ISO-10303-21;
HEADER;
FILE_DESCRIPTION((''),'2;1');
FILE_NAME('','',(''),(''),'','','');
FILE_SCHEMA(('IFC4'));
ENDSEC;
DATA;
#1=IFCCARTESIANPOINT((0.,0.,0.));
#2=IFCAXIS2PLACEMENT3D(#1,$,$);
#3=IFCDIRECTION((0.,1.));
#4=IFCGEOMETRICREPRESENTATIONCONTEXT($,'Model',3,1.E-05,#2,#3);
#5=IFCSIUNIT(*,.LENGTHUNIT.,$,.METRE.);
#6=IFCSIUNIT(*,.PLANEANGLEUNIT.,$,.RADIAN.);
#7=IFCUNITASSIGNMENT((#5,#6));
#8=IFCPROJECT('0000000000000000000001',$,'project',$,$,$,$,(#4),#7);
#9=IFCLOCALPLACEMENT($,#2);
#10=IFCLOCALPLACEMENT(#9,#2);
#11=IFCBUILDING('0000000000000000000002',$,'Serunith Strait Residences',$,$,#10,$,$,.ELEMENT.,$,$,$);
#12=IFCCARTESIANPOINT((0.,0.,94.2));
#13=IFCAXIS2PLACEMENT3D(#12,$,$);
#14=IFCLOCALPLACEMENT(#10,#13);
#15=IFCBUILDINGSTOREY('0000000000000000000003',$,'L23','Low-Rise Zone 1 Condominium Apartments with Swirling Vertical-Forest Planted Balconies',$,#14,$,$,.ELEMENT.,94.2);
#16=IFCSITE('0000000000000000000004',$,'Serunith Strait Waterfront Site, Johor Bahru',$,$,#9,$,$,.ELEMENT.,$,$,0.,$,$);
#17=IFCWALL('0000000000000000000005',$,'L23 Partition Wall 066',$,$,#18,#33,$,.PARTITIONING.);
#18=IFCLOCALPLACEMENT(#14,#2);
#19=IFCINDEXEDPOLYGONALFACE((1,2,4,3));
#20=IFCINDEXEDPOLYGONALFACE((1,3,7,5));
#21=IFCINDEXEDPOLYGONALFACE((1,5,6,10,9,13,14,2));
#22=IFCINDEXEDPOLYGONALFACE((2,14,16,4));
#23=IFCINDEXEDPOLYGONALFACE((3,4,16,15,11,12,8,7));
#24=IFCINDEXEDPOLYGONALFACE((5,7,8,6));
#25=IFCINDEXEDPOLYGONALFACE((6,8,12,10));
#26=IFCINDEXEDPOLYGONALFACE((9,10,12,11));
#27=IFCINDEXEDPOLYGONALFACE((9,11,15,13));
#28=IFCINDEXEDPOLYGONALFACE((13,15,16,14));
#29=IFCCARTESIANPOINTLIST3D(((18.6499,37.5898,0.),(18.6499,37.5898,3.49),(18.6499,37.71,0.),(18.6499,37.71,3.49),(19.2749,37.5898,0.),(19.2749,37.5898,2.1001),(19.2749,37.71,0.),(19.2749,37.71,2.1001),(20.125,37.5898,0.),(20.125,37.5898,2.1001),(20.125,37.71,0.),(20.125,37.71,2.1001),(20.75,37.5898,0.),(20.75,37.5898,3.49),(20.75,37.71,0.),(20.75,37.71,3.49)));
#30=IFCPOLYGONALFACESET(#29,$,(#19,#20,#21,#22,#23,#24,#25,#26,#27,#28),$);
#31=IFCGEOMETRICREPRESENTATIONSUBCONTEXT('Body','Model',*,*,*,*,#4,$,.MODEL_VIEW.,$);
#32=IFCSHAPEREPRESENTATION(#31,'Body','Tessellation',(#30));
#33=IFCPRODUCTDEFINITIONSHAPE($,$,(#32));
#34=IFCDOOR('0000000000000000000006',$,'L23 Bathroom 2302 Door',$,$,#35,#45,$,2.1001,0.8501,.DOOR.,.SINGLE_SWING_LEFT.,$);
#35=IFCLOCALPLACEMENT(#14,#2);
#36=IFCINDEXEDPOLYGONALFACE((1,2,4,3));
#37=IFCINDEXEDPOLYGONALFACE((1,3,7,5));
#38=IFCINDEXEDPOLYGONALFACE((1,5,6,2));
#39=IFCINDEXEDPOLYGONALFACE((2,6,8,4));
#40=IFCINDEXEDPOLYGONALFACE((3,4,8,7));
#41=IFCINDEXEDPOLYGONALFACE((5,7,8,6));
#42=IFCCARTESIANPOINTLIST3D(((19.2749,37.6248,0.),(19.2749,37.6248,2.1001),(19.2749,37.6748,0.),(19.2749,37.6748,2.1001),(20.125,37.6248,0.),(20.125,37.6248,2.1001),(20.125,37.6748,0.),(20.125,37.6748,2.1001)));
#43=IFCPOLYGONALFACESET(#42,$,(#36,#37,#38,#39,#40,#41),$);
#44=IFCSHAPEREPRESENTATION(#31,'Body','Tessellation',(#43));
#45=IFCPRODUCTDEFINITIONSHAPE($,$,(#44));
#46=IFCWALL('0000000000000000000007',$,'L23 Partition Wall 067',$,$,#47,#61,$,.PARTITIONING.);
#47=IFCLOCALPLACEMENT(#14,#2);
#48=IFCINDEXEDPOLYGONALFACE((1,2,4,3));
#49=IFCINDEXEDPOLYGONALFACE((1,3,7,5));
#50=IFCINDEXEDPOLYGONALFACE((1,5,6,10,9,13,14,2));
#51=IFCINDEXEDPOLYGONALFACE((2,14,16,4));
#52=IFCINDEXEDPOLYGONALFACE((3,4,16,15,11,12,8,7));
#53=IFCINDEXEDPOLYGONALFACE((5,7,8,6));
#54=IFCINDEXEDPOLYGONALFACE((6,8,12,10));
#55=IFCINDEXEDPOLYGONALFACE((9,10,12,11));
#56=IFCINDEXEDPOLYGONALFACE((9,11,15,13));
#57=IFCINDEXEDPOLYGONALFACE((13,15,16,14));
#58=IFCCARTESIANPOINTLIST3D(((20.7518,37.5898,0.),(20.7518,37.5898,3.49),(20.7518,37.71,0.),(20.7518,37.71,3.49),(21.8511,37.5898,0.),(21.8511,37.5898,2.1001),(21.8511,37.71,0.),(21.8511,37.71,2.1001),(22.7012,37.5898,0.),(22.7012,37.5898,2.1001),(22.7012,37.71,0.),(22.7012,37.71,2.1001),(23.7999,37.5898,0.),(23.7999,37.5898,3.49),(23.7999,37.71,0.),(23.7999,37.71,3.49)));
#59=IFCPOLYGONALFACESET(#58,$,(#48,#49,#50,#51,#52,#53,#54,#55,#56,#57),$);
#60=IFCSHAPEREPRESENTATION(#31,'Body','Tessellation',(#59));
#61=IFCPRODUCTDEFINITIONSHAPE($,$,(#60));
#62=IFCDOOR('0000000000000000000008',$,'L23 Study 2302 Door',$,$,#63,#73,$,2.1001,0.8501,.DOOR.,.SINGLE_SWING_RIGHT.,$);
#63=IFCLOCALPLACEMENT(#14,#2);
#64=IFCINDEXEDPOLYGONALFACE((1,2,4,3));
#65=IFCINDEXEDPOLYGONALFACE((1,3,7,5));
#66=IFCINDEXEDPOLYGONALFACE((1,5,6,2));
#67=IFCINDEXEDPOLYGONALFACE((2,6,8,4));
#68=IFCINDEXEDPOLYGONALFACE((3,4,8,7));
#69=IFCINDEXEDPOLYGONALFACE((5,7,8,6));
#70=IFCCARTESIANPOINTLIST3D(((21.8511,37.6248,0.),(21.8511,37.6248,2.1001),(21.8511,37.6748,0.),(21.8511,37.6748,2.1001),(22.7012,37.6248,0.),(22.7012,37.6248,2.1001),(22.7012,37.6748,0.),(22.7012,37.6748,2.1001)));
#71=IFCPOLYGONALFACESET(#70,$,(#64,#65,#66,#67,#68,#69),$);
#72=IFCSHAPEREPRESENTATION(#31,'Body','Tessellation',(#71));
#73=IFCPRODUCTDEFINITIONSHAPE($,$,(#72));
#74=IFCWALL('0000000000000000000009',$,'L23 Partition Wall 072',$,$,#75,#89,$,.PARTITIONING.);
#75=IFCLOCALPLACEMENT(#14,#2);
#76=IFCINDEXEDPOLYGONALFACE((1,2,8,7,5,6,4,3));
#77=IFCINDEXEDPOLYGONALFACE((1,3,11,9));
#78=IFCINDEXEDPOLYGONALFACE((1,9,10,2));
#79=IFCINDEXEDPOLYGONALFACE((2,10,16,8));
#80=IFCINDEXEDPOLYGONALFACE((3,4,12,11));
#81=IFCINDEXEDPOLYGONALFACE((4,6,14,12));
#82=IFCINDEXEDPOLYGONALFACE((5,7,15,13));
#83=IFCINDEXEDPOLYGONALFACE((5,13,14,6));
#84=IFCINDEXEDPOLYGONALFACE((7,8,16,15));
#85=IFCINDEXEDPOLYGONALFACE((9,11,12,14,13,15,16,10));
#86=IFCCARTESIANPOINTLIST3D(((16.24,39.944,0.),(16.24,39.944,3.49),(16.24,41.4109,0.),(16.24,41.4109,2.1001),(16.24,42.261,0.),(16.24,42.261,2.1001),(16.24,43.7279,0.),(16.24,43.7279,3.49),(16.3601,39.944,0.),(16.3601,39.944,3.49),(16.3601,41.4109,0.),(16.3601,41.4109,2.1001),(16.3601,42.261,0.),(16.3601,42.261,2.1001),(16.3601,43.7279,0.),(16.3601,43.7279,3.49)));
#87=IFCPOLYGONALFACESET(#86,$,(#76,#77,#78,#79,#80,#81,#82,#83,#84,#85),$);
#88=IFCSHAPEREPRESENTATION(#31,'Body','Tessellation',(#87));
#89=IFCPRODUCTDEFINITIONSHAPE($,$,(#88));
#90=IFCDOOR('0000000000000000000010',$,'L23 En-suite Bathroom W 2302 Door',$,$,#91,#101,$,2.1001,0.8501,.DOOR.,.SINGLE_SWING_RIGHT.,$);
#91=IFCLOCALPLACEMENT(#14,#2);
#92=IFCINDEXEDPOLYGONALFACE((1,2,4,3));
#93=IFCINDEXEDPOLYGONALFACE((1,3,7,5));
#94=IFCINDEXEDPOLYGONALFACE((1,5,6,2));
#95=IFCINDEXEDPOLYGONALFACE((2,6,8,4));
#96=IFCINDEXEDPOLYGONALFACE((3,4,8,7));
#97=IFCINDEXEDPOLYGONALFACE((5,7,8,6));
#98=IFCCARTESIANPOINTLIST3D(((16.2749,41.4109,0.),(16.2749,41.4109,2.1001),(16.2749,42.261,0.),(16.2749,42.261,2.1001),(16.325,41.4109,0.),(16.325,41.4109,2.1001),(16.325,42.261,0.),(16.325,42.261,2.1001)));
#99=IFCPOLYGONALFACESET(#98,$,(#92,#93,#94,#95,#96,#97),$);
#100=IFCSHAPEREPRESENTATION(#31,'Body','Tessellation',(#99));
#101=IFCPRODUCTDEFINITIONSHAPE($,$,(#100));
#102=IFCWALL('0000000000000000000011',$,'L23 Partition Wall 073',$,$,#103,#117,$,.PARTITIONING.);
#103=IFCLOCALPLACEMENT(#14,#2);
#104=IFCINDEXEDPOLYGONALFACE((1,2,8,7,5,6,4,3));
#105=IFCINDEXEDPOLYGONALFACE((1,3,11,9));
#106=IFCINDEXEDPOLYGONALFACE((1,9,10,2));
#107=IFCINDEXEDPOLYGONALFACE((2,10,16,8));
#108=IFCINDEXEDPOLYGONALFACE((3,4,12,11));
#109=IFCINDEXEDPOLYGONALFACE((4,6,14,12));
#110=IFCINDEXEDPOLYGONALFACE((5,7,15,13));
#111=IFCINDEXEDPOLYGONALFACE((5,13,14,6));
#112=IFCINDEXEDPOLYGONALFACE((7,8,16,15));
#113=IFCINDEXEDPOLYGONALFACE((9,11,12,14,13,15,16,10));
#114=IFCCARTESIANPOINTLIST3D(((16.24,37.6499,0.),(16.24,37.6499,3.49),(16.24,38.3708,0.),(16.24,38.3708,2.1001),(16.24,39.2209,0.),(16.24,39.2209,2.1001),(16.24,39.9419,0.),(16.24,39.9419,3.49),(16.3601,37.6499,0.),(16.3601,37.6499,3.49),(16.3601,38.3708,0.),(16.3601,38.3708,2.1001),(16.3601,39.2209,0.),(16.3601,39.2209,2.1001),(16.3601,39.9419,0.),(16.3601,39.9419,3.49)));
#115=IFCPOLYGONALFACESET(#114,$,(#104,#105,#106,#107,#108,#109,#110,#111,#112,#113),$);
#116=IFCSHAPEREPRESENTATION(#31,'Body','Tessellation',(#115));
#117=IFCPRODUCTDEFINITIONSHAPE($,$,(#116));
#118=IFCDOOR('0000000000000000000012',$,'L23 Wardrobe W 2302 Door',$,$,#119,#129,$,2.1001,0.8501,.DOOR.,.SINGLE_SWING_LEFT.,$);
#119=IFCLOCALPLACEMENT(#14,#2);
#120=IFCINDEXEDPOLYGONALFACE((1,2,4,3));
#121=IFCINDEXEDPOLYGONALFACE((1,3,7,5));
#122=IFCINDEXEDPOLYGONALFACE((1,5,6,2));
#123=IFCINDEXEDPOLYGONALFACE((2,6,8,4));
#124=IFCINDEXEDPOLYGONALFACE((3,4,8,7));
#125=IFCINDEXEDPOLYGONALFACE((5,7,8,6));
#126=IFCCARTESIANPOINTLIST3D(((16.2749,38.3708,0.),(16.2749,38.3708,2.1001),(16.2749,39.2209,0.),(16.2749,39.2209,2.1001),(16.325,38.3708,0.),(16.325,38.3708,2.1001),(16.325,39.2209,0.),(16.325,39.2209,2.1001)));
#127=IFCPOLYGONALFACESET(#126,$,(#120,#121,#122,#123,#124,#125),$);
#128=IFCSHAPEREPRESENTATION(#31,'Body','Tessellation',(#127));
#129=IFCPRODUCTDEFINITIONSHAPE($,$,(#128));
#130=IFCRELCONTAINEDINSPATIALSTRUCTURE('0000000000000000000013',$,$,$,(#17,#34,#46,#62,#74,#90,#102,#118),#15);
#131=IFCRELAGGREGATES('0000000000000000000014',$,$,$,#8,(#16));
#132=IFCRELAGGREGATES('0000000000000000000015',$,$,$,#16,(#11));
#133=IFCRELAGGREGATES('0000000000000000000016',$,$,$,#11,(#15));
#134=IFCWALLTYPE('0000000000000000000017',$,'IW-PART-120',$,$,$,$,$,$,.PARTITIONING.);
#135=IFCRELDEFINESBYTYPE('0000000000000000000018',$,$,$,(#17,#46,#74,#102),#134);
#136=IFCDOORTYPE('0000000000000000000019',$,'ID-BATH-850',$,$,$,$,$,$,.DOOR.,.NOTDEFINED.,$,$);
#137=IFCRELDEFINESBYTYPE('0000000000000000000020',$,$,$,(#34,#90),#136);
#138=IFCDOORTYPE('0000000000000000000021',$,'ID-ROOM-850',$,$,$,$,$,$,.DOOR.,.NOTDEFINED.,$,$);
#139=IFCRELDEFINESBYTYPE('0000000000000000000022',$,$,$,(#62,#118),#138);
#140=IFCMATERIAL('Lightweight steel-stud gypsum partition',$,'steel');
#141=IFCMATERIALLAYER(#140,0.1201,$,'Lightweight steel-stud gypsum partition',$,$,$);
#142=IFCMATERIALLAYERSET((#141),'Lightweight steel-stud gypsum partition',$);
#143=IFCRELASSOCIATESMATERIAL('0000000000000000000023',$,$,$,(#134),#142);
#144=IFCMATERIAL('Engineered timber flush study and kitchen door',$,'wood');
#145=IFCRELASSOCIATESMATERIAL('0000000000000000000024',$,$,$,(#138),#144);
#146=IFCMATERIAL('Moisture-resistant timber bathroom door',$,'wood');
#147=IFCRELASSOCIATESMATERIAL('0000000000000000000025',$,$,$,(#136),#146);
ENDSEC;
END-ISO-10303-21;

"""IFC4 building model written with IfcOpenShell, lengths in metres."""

from ifc_helpers import new_model, si_unit, direction, frame, frame_2d, origin, place, context, subcontext, project, spatial, rectangle, extrude, source, transform, mapped, material, layer, layer_set, type_object, element, fill, save


model = new_model("IFC4")

# Units and contexts
model_context = context("Model", 3, precision=1e-05, world=origin(), true_north=direction((0.0, 1.0)))
body_context = subcontext(model_context, "Body", "Model", "MODEL_VIEW")
ifc_project = project(units=[si_unit("LENGTHUNIT", "METRE"), si_unit("PLANEANGLEUNIT", "RADIAN")], contexts=[model_context])

# Site, building, storey
site_placement = place(None, origin())
site = spatial("IfcSite", under=ifc_project, at=site_placement, Name="Serunith Strait Waterfront Site, Johor Bahru", CompositionType="ELEMENT", RefElevation=0.0)
building_placement = place(site_placement, origin())
building = spatial("IfcBuilding", under=site, at=building_placement, Name="Serunith Strait Residences", CompositionType="ELEMENT")
storey_placement = place(building_placement, frame((0.0, 0.0, 94.2)))
storey = spatial("IfcBuildingStorey", under=building, at=storey_placement, Name="L23", Description="Low-Rise Zone 1 Condominium Apartments with Swirling Vertical-Forest Planted Balconies", CompositionType="ELEMENT", Elevation=94.2)

# Shared definitions
ifc_material_1 = material(Name="Lightweight steel-stud gypsum partition", Category="steel")
ifc_layer_1 = layer(ifc_material_1, 0.1201, Name="Lightweight steel-stud gypsum partition")
ifc_layer_set_1 = layer_set([ifc_layer_1], Name="Lightweight steel-stud gypsum partition")
wall_type = type_object("IfcWallType", Name="IW-PART-120", PredefinedType="PARTITIONING", material=ifc_layer_set_1)
ifc_material_2 = material(Name="Engineered timber flush study and kitchen door", Category="wood")
door_type_1 = type_object("IfcDoorType", Name="ID-ROOM-850", OperationType="NOTDEFINED", PredefinedType="DOOR", material=ifc_material_2)
shared_shape_1 = source(origin(), body_context, "Body", "SweptSolid", [
    extrude(rectangle(XDim=0.8501, YDim=2.1001, at=frame_2d((0.425, 1.05))), frame((0.0, 0.0249, 0.0), z_axis=(0.0, -1.0, 0.0), x_axis=(1.0, 0.0, 0.0)), (0.0, 0.0, 1.0), 0.05),
])

# Walls, openings, doors
wall_1_placement = place(storey_placement, frame((18.6499, 37.6499, 0.0), z_axis=(0.0, 0.0, 1.0), x_axis=(1.0, 0.0, 0.0)))
wall_1 = element("IfcWall", 1, at=wall_1_placement, inside=storey, type_object=wall_type, Name="L23 Partition Wall 066", PredefinedType="PARTITIONING", context=body_context, shape_type="SweptSolid", body=[
    extrude(rectangle(XDim=2.1001, YDim=0.1201, at=frame_2d((1.05, 0.0))), origin(), (0.0, 0.0, 1.0), 3.49),
])
opening_1_placement = place(wall_1_placement, frame((0.625, 0.0, 0.0)))
opening_1 = element("IfcOpeningElement", 2, at=opening_1_placement, cuts=wall_1, PredefinedType="OPENING", context=body_context, shape_type="SweptSolid", body=[
    extrude(rectangle(XDim=0.8501, YDim=2.1001, at=frame_2d((0.425, 1.05))), frame((0.0, 0.0701, 0.0), z_axis=(0.0, -1.0, 0.0), x_axis=(1.0, 0.0, 0.0)), (0.0, 0.0, 1.0), 0.1401),
])
ifc_material_3 = material(Name="Moisture-resistant timber bathroom door", Category="wood")
door_type_2 = type_object("IfcDoorType", Name="ID-BATH-850", OperationType="NOTDEFINED", PredefinedType="DOOR", material=ifc_material_3)
door_1_placement = place(opening_1_placement, origin())
door_1 = element("IfcDoor", 3, at=door_1_placement, inside=storey, type_object=door_type_2, Name="L23 Bathroom 2302 Door", OperationType="SINGLE_SWING_LEFT", OverallHeight=2.1001, OverallWidth=0.8501, PredefinedType="DOOR", context=body_context, shape_type="MappedRepresentation", body=[
    mapped(shared_shape_1, transform((0.0, 0.0, 0.0), scale=1.0)),
])
fill(opening_1, door_1)
wall_2_placement = place(storey_placement, frame((20.752, 37.6499, 0.0), z_axis=(0.0, 0.0, 1.0), x_axis=(1.0, 0.0, 0.0)))
wall_2 = element("IfcWall", 4, at=wall_2_placement, inside=storey, type_object=wall_type, Name="L23 Partition Wall 067", PredefinedType="PARTITIONING", context=body_context, shape_type="SweptSolid", body=[
    extrude(rectangle(XDim=3.0481, YDim=0.1201, at=frame_2d((1.5239, 0.0))), origin(), (0.0, 0.0, 1.0), 3.49),
])
opening_2_placement = place(wall_2_placement, frame((1.0991, 0.0, 0.0)))
opening_2 = element("IfcOpeningElement", 5, at=opening_2_placement, cuts=wall_2, PredefinedType="OPENING", context=body_context, shape_type="SweptSolid", body=[
    extrude(rectangle(XDim=0.8501, YDim=2.1001, at=frame_2d((0.425, 1.05))), frame((0.0, 0.0701, 0.0), z_axis=(0.0, -1.0, 0.0), x_axis=(1.0, 0.0, 0.0)), (0.0, 0.0, 1.0), 0.1401),
])
door_2_placement = place(opening_2_placement, origin())
door_2 = element("IfcDoor", 6, at=door_2_placement, inside=storey, type_object=door_type_1, Name="L23 Study 2302 Door", OperationType="SINGLE_SWING_RIGHT", OverallHeight=2.1001, OverallWidth=0.8501, PredefinedType="DOOR", context=body_context, shape_type="MappedRepresentation", body=[
    mapped(shared_shape_1, transform((0.0, 0.0, 0.0), scale=1.0)),
])
fill(opening_2, door_2)
wall_3_placement = place(storey_placement, frame((16.3, 43.728, 0.0), z_axis=(0.0, 0.0, 1.0), x_axis=(0.0, -1.0, 0.0)))
wall_3 = element("IfcWall", 7, at=wall_3_placement, inside=storey, type_object=wall_type, Name="L23 Partition Wall 072", PredefinedType="PARTITIONING", context=body_context, shape_type="SweptSolid", body=[
    extrude(rectangle(XDim=3.7839, YDim=0.1201, at=frame_2d((1.8921, 0.0))), origin(), (0.0, 0.0, 1.0), 3.49),
])
opening_3_placement = place(wall_3_placement, frame((1.467, 0.0, 0.0)))
opening_3 = element("IfcOpeningElement", 8, at=opening_3_placement, cuts=wall_3, PredefinedType="OPENING", context=body_context, shape_type="SweptSolid", body=[
    extrude(rectangle(XDim=0.8501, YDim=2.1001, at=frame_2d((0.425, 1.05))), frame((0.0, 0.0701, 0.0), z_axis=(0.0, -1.0, 0.0), x_axis=(1.0, 0.0, 0.0)), (0.0, 0.0, 1.0), 0.1401),
])
door_3_placement = place(opening_3_placement, origin())
door_3 = element("IfcDoor", 9, at=door_3_placement, inside=storey, type_object=door_type_2, Name="L23 En-suite Bathroom W 2302 Door", OperationType="SINGLE_SWING_RIGHT", OverallHeight=2.1001, OverallWidth=0.8501, PredefinedType="DOOR", context=body_context, shape_type="MappedRepresentation", body=[
    mapped(shared_shape_1, transform((0.0, 0.0, 0.0), scale=1.0)),
])
fill(opening_3, door_3)
wall_4_placement = place(storey_placement, frame((16.3, 39.9419, 0.0), z_axis=(0.0, 0.0, 1.0), x_axis=(0.0, -1.0, 0.0)))
wall_4 = element("IfcWall", 10, at=wall_4_placement, inside=storey, type_object=wall_type, Name="L23 Partition Wall 073", PredefinedType="PARTITIONING", context=body_context, shape_type="SweptSolid", body=[
    extrude(rectangle(XDim=2.292, YDim=0.1201, at=frame_2d((1.146, 0.0))), origin(), (0.0, 0.0, 1.0), 3.49),
])
opening_4_placement = place(wall_4_placement, frame((0.7209, 0.0, 0.0)))
opening_4 = element("IfcOpeningElement", 11, at=opening_4_placement, cuts=wall_4, PredefinedType="OPENING", context=body_context, shape_type="SweptSolid", body=[
    extrude(rectangle(XDim=0.8501, YDim=2.1001, at=frame_2d((0.425, 1.05))), frame((0.0, 0.0701, 0.0), z_axis=(0.0, -1.0, 0.0), x_axis=(1.0, 0.0, 0.0)), (0.0, 0.0, 1.0), 0.1401),
])
door_4_placement = place(opening_4_placement, origin())
door_4 = element("IfcDoor", 12, at=door_4_placement, inside=storey, type_object=door_type_1, Name="L23 Wardrobe W 2302 Door", OperationType="SINGLE_SWING_LEFT", OverallHeight=2.1001, OverallWidth=0.8501, PredefinedType="DOOR", context=body_context, shape_type="MappedRepresentation", body=[
    mapped(shared_shape_1, transform((0.0, 0.0, 0.0), scale=1.0)),
])
fill(opening_4, door_4)

save(model, "model.ifc")
